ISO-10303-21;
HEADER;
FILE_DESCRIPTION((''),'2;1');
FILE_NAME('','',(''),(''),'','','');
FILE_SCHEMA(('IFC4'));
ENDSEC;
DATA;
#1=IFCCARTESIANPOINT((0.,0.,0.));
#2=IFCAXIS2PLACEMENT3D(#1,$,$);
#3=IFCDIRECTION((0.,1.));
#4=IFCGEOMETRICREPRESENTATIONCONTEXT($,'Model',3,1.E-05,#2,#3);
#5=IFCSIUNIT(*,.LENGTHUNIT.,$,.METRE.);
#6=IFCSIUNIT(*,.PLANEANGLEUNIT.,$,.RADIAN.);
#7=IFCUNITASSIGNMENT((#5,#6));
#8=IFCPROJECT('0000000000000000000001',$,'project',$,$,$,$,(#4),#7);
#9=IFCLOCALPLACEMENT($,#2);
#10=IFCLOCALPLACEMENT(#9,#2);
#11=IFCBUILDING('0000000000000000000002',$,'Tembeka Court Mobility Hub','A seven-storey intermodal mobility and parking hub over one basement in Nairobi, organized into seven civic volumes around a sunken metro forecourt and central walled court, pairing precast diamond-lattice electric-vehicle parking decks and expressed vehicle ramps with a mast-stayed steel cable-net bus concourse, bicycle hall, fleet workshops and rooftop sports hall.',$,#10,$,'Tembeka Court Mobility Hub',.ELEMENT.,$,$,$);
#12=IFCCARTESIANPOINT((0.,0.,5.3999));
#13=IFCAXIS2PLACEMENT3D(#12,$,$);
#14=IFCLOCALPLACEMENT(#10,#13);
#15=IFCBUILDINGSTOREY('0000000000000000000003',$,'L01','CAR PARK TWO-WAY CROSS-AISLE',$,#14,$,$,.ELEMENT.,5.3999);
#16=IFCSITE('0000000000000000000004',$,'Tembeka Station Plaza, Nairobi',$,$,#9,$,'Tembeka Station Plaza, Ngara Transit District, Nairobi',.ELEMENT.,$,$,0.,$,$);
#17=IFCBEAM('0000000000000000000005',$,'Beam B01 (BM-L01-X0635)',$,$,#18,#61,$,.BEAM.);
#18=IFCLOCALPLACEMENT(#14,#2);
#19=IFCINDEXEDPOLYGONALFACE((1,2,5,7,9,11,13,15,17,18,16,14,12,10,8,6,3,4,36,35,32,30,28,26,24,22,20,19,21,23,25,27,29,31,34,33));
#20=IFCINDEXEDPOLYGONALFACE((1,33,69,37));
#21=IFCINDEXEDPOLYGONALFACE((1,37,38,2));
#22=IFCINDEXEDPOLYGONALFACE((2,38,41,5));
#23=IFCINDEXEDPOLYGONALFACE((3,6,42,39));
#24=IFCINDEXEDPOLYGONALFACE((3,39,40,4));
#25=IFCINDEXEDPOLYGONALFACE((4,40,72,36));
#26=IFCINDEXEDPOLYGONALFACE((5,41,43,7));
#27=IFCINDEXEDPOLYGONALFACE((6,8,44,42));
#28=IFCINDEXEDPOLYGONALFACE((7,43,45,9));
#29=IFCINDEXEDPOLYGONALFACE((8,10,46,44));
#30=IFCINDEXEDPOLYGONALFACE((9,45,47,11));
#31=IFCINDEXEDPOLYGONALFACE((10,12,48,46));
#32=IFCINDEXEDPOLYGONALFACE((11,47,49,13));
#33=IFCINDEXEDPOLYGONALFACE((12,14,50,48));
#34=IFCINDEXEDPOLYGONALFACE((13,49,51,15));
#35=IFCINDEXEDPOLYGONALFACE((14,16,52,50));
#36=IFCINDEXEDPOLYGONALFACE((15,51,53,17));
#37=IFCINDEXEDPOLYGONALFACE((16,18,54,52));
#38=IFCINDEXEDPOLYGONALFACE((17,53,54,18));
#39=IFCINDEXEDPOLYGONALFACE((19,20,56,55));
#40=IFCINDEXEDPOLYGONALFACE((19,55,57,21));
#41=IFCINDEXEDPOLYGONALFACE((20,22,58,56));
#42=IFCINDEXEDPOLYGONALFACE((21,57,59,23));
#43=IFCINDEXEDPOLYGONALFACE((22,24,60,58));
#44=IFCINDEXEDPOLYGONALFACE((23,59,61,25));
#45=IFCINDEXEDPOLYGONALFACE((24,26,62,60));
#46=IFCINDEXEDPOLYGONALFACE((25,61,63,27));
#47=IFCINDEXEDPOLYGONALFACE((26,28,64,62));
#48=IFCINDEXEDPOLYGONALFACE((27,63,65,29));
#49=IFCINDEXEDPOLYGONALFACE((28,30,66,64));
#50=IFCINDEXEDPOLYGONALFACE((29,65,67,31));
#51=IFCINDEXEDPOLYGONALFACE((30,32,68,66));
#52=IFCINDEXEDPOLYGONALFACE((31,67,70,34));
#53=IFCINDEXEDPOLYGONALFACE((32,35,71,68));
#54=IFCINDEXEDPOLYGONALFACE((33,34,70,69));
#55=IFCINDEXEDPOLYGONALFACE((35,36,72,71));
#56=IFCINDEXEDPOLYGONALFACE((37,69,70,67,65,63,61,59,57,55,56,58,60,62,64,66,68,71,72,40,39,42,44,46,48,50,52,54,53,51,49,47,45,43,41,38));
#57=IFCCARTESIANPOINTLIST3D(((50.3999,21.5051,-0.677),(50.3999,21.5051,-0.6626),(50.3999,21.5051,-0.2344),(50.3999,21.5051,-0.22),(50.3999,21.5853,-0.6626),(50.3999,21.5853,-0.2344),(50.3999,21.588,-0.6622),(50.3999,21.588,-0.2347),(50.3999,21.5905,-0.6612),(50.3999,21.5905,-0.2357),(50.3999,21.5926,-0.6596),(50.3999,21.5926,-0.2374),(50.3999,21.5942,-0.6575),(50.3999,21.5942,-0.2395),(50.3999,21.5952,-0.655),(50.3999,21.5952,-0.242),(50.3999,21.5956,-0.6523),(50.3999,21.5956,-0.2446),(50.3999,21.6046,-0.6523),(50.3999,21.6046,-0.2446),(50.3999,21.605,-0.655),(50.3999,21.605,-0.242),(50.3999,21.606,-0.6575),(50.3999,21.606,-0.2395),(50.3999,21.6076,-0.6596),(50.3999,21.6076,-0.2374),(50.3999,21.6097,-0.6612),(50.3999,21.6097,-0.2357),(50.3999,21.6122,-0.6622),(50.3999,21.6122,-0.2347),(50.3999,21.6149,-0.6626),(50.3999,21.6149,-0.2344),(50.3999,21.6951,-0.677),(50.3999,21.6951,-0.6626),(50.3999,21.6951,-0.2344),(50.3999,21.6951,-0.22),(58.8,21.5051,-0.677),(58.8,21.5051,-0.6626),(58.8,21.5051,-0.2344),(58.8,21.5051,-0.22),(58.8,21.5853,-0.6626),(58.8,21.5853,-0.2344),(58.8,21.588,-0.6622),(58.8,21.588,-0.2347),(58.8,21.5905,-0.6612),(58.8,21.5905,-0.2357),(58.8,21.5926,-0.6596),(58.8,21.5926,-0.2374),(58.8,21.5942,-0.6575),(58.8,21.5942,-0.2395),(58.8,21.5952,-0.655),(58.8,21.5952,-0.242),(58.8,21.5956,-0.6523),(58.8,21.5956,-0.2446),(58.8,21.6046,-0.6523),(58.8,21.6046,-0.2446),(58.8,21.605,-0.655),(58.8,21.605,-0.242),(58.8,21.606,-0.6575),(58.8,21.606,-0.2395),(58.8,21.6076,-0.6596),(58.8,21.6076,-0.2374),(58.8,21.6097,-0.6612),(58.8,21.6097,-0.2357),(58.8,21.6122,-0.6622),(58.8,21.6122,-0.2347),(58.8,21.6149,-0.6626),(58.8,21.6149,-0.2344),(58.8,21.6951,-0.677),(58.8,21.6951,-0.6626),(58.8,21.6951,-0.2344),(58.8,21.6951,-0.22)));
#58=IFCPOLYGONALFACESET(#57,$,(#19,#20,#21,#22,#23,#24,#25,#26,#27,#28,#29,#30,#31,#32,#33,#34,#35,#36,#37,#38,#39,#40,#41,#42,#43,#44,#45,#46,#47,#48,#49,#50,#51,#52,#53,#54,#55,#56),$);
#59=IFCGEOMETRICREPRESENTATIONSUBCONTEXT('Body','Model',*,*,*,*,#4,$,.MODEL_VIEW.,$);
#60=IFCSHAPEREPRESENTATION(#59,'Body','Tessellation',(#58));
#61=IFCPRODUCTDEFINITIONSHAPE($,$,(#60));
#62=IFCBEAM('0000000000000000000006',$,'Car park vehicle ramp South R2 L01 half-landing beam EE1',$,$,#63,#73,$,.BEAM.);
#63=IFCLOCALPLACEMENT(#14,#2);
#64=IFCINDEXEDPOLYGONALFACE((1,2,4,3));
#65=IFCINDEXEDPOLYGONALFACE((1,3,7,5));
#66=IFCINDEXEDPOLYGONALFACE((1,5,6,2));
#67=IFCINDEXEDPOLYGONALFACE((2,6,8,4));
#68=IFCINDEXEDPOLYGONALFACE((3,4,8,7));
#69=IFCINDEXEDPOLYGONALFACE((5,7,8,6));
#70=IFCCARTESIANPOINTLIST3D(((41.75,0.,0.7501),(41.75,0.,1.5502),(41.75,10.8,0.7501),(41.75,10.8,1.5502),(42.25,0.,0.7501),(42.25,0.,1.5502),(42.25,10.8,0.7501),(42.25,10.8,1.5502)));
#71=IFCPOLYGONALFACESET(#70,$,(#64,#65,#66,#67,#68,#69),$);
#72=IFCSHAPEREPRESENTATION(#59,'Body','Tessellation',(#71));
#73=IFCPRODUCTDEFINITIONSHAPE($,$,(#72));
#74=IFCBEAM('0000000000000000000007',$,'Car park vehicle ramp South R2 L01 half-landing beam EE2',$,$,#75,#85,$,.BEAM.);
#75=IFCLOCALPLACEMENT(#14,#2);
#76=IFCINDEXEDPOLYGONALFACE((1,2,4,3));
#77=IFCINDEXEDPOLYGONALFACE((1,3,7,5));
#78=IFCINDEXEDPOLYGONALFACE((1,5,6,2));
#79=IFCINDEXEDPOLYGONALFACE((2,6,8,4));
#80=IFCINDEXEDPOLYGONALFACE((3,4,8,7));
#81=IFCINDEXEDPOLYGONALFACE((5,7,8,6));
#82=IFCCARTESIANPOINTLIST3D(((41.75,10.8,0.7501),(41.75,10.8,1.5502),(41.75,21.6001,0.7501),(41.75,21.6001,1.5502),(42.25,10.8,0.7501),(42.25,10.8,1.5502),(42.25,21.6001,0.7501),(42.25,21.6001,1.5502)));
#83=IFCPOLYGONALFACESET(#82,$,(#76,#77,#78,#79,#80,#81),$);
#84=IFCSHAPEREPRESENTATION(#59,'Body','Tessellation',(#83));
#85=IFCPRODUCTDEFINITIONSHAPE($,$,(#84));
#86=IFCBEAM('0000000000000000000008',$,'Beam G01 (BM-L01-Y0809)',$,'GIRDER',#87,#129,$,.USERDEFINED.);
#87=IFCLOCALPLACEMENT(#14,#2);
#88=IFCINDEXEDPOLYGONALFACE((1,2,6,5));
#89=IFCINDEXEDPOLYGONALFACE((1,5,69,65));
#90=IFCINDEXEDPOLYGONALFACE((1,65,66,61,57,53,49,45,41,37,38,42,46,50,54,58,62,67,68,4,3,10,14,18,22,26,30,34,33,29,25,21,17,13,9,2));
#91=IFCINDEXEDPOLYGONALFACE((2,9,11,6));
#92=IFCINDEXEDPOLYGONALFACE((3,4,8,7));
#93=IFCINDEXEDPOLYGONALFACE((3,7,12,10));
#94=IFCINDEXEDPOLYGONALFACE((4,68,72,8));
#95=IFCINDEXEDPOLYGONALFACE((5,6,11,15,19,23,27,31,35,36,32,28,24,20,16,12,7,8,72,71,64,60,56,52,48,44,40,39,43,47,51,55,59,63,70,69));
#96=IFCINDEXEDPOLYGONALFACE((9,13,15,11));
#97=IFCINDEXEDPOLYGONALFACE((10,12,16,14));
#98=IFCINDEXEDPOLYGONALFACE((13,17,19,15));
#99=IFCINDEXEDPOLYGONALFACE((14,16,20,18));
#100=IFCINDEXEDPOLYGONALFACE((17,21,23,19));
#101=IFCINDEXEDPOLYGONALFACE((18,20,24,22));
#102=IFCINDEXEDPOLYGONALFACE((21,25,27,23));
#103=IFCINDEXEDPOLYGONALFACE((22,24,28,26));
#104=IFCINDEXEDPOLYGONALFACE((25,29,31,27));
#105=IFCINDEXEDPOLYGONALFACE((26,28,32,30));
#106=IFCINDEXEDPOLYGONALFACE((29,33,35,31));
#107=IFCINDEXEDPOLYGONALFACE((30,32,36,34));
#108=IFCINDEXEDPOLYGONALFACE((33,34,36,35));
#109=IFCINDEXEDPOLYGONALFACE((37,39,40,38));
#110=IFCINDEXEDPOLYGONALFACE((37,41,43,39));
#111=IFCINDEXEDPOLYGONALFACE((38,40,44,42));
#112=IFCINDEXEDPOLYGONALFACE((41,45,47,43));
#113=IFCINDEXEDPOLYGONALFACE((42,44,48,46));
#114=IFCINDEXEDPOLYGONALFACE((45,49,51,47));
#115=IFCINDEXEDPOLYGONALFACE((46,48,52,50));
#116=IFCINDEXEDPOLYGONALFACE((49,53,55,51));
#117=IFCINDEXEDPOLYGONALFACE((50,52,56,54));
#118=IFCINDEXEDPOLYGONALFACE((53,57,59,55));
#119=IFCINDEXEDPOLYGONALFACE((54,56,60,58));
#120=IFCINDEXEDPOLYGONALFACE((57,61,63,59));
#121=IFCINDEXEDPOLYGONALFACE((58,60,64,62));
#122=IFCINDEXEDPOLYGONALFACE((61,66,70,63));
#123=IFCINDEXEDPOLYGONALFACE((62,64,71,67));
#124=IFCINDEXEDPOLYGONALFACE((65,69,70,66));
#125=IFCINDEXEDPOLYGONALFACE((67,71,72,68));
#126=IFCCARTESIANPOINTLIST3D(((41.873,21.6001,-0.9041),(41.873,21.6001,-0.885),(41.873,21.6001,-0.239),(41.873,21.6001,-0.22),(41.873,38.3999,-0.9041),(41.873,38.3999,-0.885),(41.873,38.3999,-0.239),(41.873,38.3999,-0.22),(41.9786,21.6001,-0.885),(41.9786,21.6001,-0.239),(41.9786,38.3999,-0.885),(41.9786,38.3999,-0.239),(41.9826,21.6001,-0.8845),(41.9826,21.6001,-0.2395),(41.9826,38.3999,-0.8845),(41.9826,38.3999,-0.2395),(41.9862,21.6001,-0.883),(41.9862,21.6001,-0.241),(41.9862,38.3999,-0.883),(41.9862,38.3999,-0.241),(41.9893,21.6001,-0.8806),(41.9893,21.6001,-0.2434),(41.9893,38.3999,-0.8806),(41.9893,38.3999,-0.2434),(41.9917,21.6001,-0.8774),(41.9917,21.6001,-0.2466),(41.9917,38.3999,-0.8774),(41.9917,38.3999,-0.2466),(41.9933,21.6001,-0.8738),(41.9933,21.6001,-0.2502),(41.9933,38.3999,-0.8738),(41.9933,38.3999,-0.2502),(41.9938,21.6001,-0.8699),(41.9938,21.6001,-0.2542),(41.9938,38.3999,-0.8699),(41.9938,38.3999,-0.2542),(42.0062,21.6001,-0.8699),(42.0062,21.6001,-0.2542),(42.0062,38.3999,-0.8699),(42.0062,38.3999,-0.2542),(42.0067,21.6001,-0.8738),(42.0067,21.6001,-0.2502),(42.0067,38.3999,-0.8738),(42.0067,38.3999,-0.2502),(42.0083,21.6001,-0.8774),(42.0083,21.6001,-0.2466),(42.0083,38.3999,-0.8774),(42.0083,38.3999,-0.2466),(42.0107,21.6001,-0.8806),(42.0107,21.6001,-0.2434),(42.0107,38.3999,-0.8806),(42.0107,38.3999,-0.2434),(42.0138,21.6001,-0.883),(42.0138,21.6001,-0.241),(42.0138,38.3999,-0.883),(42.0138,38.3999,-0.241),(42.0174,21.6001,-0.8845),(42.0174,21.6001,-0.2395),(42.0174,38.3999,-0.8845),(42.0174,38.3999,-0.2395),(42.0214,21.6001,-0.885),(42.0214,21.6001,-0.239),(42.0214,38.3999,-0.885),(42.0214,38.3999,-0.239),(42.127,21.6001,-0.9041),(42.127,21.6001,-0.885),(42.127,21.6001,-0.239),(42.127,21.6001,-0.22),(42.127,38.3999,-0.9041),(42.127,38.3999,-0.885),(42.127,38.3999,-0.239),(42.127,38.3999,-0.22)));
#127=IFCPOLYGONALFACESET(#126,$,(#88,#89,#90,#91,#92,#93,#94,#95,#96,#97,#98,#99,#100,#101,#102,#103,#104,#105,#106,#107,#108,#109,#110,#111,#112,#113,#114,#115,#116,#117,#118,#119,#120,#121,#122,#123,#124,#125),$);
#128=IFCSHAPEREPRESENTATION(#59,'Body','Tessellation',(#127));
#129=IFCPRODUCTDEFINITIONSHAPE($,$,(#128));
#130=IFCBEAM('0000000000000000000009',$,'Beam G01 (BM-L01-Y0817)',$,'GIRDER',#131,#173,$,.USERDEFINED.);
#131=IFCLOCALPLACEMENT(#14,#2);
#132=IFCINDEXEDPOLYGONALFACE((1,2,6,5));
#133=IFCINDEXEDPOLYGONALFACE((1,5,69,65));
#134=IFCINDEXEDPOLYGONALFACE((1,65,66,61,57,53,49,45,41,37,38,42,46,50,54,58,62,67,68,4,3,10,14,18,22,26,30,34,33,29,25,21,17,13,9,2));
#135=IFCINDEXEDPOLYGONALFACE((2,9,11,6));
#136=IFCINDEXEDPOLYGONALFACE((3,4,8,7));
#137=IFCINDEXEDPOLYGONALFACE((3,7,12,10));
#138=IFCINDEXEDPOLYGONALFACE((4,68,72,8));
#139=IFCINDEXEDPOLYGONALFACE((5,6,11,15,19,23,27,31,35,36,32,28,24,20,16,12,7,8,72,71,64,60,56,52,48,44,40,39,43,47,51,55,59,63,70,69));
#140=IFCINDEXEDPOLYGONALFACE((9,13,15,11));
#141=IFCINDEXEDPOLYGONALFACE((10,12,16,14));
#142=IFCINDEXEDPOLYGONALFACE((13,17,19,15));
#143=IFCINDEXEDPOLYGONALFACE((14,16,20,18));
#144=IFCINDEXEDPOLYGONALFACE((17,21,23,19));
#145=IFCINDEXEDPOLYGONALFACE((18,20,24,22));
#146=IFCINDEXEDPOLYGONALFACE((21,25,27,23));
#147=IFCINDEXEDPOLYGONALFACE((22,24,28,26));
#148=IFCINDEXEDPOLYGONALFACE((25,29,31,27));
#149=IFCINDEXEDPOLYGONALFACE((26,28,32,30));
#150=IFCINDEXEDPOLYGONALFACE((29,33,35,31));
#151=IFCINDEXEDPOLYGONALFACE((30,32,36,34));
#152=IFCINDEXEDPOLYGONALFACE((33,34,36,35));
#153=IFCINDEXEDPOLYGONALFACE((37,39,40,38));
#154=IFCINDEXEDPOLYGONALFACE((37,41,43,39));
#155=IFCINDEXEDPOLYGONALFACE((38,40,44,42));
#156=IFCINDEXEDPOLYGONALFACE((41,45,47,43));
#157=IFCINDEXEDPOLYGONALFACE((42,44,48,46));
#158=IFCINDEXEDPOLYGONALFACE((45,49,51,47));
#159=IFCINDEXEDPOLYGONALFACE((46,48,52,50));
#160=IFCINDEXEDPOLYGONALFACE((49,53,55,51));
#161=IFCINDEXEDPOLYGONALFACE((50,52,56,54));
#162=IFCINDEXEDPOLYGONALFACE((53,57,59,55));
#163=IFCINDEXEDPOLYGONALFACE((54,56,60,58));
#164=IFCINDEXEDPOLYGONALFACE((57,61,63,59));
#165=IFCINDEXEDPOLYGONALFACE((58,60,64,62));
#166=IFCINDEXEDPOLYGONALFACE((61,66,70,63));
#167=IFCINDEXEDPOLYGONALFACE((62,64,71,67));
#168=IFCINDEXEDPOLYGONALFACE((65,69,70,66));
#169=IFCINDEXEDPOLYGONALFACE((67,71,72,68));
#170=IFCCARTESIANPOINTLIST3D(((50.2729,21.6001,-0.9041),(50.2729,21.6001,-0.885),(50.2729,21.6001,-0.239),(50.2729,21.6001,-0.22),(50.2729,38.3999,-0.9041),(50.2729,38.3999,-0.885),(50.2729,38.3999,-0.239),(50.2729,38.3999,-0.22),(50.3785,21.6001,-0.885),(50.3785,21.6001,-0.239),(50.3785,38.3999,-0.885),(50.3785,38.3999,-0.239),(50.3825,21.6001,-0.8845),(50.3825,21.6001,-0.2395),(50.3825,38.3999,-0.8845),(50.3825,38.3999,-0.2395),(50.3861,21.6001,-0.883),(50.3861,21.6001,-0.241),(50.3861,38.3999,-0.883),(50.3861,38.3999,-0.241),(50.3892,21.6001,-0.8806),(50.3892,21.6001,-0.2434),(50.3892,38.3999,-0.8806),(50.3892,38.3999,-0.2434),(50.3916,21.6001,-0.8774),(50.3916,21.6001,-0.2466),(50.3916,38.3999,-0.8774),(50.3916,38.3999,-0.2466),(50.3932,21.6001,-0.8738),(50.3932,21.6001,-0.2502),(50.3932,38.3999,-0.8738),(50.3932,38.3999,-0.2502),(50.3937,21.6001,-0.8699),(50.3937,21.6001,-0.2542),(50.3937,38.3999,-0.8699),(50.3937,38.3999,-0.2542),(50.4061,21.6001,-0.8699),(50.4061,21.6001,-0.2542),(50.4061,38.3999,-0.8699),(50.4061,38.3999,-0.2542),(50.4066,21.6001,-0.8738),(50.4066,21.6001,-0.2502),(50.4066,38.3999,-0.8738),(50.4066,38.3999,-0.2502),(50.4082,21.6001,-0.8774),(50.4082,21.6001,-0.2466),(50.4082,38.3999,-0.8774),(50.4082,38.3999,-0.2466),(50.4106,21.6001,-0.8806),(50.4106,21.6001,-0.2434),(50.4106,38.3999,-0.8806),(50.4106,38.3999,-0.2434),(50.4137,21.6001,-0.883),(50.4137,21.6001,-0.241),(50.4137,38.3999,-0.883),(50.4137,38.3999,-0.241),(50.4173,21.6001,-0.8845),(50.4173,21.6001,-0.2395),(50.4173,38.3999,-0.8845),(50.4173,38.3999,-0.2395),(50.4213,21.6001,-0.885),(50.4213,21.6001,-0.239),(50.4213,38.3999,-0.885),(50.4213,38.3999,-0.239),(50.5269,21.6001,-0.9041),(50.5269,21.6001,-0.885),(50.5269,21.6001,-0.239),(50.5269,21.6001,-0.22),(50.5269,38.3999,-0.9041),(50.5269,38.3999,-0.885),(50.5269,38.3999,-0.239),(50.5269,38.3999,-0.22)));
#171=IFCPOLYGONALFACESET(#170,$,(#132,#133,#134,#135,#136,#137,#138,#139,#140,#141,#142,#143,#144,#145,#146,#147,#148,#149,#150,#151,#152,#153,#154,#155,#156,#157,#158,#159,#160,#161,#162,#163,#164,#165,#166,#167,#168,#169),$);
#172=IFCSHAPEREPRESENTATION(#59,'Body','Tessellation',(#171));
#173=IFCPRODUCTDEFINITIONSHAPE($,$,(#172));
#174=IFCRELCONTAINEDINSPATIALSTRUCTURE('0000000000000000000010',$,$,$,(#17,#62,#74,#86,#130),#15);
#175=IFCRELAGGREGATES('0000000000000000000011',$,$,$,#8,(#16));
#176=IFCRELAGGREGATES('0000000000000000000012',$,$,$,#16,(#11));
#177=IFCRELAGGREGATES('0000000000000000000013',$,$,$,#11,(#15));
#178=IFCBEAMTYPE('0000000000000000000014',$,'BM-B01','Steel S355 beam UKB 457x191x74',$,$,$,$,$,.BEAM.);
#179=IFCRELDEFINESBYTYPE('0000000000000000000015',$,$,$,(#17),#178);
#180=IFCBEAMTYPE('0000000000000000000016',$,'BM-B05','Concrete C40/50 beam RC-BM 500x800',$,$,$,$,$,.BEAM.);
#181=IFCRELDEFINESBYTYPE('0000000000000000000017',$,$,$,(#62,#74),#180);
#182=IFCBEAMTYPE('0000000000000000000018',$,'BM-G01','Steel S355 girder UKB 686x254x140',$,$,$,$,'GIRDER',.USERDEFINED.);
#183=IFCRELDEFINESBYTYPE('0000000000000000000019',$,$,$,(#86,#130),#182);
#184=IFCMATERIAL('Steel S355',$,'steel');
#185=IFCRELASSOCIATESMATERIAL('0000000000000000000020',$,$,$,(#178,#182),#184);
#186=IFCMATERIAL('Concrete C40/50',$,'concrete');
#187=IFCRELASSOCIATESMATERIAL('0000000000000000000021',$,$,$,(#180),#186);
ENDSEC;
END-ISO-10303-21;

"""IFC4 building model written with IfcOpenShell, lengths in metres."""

from ifc_helpers import new_model, si_unit, direction, frame, origin, origin_2d, place, context, subcontext, project, spatial, rectangle, i_section, extrude, material, material_profile, profile_set, type_object, element, save


model = new_model("IFC4")

# Units and contexts
model_context = context("Model", 3, precision=1e-05, world=origin(), true_north=direction((0.0, 1.0)))
body_context = subcontext(model_context, "Body", "Model", "MODEL_VIEW")
ifc_project = project(units=[si_unit("LENGTHUNIT", "METRE"), si_unit("PLANEANGLEUNIT", "RADIAN")], contexts=[model_context])

# Site, building, storey
site_placement = place(None, origin())
site = spatial("IfcSite", under=ifc_project, at=site_placement, Name="Tembeka Station Plaza, Nairobi", LongName="Tembeka Station Plaza, Ngara Transit District, Nairobi", CompositionType="ELEMENT", RefElevation=0.0)
building_placement = place(site_placement, origin())
building = spatial("IfcBuilding", under=site, at=building_placement, Name="Tembeka Court Mobility Hub", Description="A seven-storey intermodal mobility and parking hub over one basement in Nairobi, organized into seven civic volumes around a sunken metro forecourt and central walled court, pairing precast diamond-lattice electric-vehicle parking decks and expressed vehicle ramps with a mast-stayed steel cable-net bus concourse, bicycle hall, fleet workshops and rooftop sports hall.", LongName="Tembeka Court Mobility Hub", CompositionType="ELEMENT")
storey_placement = place(building_placement, frame((0.0, 0.0, 5.3999)))
storey = spatial("IfcBuildingStorey", under=building, at=storey_placement, Name="L01", Description="CAR PARK TWO-WAY CROSS-AISLE", CompositionType="ELEMENT", Elevation=5.3999)

# Shared definitions
ifc_material_1 = material(Name="Steel S355", Category="steel")

# Beams
ifc_material_profile_1 = material_profile(ifc_material_1, i_section(OverallWidth=0.1899, OverallDepth=0.457, WebThickness=0.009, FlangeThickness=0.0144, FilletRadius=0.0103, at=origin_2d()), Name="UKB 457x191x74")
ifc_profile_set_1 = profile_set([ifc_material_profile_1], Name="Steel S355")
beam_type_1 = type_object("IfcBeamType", Name="BM-B01", Description="Steel S355 beam UKB 457x191x74", PredefinedType="BEAM", material=ifc_profile_set_1)
beam_1_placement = place(storey_placement, frame((50.3999, 21.6001, -0.4485), z_axis=(1.0, 0.0, 0.0), x_axis=(0.0, 1.0, 0.0)))
element("IfcBeam", 1, at=beam_1_placement, inside=storey, type_object=beam_type_1, Name="Beam B01 (BM-L01-X0635)", PredefinedType="BEAM", context=body_context, shape_type="SweptSolid", body=[
    extrude(i_section(OverallWidth=0.1899, OverallDepth=0.457, WebThickness=0.009, FlangeThickness=0.0144, FilletRadius=0.0103, at=origin_2d()), origin(), (0.0, 0.0, 1.0), 8.4001),
])
ifc_material_2 = material(Name="Concrete C40/50", Category="concrete")
ifc_material_profile_2 = material_profile(ifc_material_2, rectangle(XDim=0.5, YDim=0.8, at=origin_2d()), Name="RC-BM 500x800")
ifc_profile_set_2 = profile_set([ifc_material_profile_2], Name="Concrete C40/50")
beam_type_2 = type_object("IfcBeamType", Name="BM-B05", Description="Concrete C40/50 beam RC-BM 500x800", PredefinedType="BEAM", material=ifc_profile_set_2)
for number, where, z_axis, x_axis, name in (
    (2, (42.0, 0.0, 1.1501), (0.0, 1.0, 0.0), (-1.0, 0.0, 0.0), "Car park vehicle ramp South R2 L01 half-landing beam EE1"),
    (3, (42.0, 10.8, 1.1501), (0.0, 1.0, 0.0), (-1.0, 0.0, 0.0), "Car park vehicle ramp South R2 L01 half-landing beam EE2"),
):
    element("IfcBeam", number, at=place(storey_placement, frame(where, z_axis=z_axis, x_axis=x_axis)), inside=storey, type_object=beam_type_2, Name=name, PredefinedType="BEAM", context=body_context, shape_type="SweptSolid", body=[
        extrude(rectangle(XDim=0.5, YDim=0.8, at=origin_2d()), origin(), (0.0, 0.0, 1.0), 10.8),
    ])
ifc_material_profile_3 = material_profile(ifc_material_1, i_section(OverallWidth=0.2539, OverallDepth=0.6841, WebThickness=0.0125, FlangeThickness=0.019, FilletRadius=0.0151, at=origin_2d()), Name="UKB 686x254x140")
ifc_profile_set_3 = profile_set([ifc_material_profile_3], Name="Steel S355")
beam_type_3 = type_object("IfcBeamType", Name="BM-G01", Description="Steel S355 girder UKB 686x254x140", ElementType="GIRDER", PredefinedType="USERDEFINED", material=ifc_profile_set_3)
for number, where, z_axis, x_axis, name in (
    (4, (42.0, 21.6001, -0.562), (0.0, 1.0, 0.0), (-1.0, 0.0, 0.0), "Beam G01 (BM-L01-Y0809)"),
    (5, (50.3999, 21.6001, -0.562), (0.0, 1.0, 0.0), (-1.0, 0.0, 0.0), "Beam G01 (BM-L01-Y0817)"),
):
    element("IfcBeam", number, at=place(storey_placement, frame(where, z_axis=z_axis, x_axis=x_axis)), inside=storey, type_object=beam_type_3, Name=name, ObjectType="GIRDER", PredefinedType="USERDEFINED", context=body_context, shape_type="SweptSolid", body=[
        extrude(i_section(OverallWidth=0.2539, OverallDepth=0.6841, WebThickness=0.0125, FlangeThickness=0.019, FilletRadius=0.0151, at=origin_2d()), origin(), (0.0, 0.0, 1.0), 16.7998),
    ])

save(model, "model.ifc")
